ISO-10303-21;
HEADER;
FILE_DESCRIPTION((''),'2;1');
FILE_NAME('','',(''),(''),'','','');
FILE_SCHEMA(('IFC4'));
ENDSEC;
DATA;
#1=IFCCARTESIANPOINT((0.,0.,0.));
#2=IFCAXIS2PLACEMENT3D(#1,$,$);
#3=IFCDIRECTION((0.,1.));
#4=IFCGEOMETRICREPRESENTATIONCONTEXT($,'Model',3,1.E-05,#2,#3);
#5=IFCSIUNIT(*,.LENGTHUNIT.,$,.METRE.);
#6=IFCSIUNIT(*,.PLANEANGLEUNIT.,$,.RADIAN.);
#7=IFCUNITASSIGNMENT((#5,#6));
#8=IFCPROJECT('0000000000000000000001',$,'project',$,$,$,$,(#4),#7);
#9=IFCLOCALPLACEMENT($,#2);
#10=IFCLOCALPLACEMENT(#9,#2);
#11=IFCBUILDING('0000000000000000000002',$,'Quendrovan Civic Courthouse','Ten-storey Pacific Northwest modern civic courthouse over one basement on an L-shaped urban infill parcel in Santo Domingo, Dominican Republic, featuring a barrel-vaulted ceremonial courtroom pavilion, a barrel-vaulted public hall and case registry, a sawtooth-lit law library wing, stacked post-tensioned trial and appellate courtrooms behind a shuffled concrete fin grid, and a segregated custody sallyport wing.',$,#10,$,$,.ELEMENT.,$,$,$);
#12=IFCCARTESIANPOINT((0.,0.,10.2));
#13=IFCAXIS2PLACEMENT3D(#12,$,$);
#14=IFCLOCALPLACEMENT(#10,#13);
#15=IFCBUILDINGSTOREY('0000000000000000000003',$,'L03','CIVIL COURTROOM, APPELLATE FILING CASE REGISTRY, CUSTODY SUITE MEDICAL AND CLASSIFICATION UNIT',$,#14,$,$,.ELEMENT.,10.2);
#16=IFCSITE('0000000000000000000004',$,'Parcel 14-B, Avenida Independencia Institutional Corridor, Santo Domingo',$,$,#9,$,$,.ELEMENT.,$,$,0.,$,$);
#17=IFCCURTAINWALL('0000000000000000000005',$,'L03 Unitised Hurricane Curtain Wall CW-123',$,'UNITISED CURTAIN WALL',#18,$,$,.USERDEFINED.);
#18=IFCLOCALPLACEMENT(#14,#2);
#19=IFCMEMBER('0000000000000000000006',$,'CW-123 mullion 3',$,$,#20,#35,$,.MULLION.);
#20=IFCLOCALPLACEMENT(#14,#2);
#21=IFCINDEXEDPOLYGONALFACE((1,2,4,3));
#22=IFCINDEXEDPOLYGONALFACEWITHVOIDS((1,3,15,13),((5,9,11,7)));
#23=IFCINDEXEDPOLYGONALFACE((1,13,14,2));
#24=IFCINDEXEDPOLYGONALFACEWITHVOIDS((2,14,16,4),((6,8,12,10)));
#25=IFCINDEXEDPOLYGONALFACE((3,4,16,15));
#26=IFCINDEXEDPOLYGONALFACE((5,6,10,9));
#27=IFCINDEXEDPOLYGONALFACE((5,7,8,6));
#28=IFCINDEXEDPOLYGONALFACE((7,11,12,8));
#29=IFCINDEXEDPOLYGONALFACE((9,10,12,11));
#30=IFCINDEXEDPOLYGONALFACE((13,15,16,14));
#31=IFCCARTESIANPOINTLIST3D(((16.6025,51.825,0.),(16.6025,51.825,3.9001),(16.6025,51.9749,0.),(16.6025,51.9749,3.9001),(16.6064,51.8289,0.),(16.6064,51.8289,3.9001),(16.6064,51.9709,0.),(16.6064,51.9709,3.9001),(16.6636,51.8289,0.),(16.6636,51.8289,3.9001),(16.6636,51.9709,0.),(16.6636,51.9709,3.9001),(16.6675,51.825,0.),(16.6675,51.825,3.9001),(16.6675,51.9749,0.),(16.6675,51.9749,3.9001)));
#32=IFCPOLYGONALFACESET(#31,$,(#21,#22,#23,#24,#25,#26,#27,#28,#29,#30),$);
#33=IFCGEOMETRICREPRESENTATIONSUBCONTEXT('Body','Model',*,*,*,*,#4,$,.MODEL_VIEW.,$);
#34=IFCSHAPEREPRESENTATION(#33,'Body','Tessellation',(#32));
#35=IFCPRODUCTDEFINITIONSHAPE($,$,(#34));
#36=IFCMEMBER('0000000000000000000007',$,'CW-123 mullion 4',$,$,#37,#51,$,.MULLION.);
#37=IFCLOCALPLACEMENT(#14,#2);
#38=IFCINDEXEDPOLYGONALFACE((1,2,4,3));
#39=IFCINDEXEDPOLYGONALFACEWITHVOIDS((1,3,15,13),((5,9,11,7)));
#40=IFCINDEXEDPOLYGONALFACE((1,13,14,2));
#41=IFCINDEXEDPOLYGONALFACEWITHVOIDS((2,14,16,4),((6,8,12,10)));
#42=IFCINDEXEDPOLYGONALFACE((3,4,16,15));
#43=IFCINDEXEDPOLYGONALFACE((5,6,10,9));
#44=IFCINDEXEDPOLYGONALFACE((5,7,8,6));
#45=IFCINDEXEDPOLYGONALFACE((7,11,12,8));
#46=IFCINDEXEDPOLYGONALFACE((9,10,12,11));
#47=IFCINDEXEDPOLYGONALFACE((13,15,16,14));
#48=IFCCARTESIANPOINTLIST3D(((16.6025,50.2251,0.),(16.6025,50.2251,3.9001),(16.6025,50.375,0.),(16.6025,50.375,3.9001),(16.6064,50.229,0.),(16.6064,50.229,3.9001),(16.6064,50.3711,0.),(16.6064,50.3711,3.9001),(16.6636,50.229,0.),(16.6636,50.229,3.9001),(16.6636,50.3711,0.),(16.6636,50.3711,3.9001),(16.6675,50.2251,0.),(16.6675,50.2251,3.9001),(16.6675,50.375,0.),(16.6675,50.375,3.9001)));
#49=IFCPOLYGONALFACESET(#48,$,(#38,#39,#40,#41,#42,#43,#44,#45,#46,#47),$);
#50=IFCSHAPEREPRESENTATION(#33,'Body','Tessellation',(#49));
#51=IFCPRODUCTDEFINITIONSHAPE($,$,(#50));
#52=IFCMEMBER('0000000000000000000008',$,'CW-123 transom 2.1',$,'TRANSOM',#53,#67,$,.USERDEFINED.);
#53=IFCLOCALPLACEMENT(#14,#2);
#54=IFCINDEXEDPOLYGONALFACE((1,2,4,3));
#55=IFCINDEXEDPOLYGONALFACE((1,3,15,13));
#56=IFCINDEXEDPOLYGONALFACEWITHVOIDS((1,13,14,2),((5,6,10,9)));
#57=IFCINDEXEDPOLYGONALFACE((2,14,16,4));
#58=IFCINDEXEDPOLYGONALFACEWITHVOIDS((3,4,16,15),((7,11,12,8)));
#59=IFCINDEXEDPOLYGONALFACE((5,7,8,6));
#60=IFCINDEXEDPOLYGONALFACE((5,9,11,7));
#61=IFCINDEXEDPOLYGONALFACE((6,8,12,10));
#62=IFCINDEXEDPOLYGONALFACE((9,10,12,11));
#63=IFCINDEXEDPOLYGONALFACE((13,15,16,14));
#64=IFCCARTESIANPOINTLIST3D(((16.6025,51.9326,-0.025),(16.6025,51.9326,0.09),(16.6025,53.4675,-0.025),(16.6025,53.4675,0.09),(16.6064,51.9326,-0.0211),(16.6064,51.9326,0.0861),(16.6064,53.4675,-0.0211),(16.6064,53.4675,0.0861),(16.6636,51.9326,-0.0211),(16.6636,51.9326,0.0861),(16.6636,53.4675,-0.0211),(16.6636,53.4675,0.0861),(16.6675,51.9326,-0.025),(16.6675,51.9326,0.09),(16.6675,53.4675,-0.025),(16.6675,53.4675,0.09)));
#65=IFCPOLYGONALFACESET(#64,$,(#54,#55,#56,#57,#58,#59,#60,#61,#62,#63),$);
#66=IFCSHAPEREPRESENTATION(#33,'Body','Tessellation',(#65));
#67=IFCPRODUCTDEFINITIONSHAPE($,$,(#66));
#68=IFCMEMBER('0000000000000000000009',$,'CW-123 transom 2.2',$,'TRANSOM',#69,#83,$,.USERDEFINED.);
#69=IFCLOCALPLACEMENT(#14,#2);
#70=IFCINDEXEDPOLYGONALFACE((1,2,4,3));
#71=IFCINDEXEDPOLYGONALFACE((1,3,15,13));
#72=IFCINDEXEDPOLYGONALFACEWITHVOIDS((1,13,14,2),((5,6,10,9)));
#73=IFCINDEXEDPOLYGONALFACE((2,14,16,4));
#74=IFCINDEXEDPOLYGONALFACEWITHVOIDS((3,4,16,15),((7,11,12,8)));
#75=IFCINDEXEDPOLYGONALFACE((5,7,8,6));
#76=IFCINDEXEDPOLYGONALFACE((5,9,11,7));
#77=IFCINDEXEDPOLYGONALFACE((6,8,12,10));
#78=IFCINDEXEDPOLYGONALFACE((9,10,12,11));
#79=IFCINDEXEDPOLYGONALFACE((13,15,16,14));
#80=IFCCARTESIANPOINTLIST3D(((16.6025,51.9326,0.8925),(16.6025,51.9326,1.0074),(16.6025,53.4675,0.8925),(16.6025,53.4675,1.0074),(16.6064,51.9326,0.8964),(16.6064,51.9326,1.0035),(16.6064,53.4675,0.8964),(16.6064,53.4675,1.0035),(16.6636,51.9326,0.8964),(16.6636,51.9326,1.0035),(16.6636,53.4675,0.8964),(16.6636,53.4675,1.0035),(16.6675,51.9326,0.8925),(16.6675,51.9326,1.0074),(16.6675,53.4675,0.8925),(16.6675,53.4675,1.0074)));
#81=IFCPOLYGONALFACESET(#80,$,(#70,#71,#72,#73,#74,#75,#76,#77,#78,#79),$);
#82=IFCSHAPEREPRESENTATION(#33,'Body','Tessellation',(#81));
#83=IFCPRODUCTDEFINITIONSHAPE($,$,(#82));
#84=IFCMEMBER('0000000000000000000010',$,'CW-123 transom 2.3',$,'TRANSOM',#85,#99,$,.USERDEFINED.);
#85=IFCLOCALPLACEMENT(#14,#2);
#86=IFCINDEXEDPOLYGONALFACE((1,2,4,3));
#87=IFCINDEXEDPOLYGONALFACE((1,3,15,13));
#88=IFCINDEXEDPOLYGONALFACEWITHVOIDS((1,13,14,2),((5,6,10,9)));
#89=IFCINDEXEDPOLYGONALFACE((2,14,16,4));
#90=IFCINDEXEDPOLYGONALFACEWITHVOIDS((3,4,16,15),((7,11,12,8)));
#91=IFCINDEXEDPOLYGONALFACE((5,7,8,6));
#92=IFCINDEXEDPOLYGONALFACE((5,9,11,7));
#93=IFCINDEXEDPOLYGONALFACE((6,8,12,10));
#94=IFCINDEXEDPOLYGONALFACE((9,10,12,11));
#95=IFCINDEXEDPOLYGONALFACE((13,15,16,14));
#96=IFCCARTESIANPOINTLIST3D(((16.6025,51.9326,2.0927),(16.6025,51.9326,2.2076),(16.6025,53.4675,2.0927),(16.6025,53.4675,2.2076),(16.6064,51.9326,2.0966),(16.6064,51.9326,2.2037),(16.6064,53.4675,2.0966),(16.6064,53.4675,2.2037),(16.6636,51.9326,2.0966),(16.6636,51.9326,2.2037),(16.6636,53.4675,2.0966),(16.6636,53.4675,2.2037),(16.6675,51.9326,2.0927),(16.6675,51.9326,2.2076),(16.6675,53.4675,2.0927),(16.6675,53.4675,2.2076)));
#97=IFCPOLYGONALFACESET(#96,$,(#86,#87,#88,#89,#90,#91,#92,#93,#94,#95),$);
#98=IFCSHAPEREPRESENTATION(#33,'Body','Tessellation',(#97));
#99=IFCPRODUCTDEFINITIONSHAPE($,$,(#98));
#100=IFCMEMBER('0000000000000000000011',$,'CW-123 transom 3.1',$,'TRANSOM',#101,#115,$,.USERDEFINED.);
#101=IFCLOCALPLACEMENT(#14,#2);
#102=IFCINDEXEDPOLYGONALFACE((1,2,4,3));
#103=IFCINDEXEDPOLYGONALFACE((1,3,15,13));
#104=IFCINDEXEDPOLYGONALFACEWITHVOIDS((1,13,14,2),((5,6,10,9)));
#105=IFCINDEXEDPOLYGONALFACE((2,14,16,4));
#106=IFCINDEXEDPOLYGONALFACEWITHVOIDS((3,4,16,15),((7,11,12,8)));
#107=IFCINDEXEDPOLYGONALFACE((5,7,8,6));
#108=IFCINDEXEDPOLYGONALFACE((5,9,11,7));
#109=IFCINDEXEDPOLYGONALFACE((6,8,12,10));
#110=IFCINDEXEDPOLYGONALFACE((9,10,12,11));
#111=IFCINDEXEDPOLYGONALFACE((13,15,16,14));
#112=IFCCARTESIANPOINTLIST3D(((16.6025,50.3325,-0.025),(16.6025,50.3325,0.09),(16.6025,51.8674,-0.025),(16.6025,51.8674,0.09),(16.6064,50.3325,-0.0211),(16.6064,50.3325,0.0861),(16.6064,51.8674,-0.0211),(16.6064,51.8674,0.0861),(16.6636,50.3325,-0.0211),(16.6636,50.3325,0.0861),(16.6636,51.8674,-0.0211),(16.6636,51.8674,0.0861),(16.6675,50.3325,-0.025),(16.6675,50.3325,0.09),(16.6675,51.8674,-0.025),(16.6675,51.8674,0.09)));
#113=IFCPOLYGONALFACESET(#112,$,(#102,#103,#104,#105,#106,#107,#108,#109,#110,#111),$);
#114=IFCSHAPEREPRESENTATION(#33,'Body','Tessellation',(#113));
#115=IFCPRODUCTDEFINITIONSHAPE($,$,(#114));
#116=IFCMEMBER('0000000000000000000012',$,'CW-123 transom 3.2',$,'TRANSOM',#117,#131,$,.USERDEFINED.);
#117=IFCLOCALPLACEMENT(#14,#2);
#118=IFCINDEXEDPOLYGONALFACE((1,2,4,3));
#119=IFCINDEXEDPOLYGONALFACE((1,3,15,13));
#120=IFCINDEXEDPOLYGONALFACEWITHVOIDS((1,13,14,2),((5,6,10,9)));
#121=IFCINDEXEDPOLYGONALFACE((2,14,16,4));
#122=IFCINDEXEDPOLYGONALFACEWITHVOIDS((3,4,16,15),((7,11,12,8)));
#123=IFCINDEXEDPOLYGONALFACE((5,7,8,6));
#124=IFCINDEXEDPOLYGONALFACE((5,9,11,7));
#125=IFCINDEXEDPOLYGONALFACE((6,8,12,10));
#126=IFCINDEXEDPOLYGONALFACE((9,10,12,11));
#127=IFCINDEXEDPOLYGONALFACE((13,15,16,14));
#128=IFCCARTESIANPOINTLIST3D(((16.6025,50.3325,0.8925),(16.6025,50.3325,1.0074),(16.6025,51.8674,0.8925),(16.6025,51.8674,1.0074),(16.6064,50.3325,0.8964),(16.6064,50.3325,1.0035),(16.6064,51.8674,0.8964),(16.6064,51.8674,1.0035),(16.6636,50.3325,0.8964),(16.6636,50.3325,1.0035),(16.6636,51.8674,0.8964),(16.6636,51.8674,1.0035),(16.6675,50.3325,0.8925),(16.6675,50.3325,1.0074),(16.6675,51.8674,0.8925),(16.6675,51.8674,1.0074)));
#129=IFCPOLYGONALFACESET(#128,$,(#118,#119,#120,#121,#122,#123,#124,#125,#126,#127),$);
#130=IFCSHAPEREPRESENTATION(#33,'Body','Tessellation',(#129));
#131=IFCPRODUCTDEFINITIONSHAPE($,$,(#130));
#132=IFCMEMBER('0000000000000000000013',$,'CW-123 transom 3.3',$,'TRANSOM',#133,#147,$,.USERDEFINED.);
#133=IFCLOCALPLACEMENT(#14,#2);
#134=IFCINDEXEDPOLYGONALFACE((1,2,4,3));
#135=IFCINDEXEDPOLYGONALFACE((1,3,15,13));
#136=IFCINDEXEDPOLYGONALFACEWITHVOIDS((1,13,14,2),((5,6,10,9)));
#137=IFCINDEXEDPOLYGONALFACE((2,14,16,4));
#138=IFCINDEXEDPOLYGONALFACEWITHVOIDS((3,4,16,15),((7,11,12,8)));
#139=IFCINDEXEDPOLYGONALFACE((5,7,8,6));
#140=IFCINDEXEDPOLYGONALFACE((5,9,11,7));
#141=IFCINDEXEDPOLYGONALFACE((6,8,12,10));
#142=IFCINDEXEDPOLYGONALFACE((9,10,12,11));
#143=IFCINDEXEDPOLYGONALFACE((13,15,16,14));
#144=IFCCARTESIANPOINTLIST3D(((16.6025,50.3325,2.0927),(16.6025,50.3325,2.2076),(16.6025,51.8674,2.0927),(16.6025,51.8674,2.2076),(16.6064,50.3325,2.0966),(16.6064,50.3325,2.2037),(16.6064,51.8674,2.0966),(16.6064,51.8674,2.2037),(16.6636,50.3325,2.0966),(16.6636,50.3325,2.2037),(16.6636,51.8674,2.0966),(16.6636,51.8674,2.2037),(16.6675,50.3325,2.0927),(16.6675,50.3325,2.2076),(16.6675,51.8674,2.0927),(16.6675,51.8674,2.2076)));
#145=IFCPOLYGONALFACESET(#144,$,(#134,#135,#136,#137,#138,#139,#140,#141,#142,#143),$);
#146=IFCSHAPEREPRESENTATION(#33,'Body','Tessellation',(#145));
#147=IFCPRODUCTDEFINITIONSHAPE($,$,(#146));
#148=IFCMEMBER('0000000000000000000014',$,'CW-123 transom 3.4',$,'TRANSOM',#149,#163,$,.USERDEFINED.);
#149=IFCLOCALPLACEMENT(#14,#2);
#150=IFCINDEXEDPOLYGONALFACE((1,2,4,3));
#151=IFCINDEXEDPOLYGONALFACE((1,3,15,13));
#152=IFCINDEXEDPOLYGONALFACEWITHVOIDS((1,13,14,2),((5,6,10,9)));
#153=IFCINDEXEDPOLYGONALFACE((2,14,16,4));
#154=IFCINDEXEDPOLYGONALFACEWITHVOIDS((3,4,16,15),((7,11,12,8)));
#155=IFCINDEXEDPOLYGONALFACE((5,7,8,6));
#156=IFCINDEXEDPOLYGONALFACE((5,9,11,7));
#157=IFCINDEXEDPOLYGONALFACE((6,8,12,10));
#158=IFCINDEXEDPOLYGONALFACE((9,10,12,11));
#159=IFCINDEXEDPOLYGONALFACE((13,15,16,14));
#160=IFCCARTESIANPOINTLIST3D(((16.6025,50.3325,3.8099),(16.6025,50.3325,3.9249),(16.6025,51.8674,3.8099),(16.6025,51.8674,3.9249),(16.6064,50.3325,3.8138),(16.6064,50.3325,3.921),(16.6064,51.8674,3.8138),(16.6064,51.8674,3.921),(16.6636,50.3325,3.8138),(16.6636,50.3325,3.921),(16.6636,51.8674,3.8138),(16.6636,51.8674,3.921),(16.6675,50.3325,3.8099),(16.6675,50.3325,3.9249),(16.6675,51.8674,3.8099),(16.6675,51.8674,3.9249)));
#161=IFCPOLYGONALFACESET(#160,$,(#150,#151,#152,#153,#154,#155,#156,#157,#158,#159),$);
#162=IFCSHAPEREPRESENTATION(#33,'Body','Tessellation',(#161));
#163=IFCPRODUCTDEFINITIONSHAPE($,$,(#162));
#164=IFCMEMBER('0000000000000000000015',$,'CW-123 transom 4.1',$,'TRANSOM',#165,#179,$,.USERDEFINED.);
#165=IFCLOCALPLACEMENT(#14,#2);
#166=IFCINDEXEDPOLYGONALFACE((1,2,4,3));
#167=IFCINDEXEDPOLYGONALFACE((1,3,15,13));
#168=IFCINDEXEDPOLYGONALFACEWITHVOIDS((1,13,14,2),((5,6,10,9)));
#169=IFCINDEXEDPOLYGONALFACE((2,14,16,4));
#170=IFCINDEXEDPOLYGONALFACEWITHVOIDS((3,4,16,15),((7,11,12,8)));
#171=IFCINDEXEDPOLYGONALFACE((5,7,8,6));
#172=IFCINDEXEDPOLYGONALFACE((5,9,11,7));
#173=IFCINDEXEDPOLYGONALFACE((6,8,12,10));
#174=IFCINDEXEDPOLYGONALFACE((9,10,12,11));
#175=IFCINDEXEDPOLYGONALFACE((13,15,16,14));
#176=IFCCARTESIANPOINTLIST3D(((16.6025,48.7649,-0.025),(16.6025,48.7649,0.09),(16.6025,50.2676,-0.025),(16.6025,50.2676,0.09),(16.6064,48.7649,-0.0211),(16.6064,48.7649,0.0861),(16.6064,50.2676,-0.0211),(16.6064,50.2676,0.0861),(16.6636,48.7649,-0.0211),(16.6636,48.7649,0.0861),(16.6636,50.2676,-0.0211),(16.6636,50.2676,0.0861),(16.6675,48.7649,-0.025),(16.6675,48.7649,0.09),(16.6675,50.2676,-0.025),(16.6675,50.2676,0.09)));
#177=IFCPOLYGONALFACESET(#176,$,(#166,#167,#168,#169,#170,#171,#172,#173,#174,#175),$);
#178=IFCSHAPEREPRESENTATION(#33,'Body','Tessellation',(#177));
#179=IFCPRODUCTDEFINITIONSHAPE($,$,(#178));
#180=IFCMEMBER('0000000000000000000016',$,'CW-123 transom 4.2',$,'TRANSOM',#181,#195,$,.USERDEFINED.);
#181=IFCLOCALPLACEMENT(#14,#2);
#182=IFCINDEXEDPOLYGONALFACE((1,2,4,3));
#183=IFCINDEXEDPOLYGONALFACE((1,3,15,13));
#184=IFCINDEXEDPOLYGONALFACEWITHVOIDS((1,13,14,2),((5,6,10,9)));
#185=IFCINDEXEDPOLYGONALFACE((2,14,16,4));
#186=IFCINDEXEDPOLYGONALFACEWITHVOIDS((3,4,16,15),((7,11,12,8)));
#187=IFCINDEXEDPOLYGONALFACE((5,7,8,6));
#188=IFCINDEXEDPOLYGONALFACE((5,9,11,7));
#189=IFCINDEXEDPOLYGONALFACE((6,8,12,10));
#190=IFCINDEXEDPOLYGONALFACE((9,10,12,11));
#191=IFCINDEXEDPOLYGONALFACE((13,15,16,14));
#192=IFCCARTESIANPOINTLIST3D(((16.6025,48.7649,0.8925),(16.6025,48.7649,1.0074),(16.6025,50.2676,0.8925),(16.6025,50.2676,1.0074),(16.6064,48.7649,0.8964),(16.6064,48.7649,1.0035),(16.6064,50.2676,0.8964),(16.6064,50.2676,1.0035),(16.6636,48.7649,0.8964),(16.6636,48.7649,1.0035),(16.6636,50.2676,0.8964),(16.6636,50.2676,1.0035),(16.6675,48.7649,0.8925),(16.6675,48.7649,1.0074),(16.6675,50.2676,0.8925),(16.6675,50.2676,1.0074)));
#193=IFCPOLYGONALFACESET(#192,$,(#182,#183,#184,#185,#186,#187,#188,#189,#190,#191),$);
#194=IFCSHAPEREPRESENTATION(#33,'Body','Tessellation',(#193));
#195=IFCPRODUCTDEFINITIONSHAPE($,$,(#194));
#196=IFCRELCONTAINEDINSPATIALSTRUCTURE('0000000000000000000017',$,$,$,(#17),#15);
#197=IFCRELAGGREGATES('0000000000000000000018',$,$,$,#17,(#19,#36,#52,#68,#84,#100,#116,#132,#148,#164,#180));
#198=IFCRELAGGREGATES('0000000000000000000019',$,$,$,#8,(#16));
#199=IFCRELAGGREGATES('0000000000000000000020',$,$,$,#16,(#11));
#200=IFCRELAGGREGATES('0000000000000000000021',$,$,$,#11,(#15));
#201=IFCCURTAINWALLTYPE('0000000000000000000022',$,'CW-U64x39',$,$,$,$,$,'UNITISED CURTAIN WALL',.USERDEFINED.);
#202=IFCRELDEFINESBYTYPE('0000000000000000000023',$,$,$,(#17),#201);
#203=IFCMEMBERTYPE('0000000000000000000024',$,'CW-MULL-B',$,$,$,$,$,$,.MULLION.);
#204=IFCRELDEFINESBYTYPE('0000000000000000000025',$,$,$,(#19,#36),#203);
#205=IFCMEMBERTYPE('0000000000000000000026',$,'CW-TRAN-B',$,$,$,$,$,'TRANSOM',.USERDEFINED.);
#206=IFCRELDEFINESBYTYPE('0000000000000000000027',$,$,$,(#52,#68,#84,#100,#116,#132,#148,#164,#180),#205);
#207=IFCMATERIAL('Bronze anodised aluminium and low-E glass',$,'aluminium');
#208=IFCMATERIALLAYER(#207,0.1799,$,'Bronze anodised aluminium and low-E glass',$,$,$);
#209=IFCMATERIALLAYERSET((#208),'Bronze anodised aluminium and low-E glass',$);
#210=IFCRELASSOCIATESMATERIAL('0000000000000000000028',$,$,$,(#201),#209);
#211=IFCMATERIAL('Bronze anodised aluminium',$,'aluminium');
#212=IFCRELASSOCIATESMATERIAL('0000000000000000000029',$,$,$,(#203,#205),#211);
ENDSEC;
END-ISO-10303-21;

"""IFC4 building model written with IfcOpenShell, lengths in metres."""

from ifc_helpers import new_model, si_unit, direction, frame, origin, origin_2d, place, context, subcontext, project, spatial, hollow_rectangle, extrude, material, layer, layer_set, material_profile, profile_set, type_object, element, aggregate, save


model = new_model("IFC4")

# Units and contexts
model_context = context("Model", 3, precision=1e-05, world=origin(), true_north=direction((0.0, 1.0)))
body_context = subcontext(model_context, "Body", "Model", "MODEL_VIEW")
ifc_project = project(units=[si_unit("LENGTHUNIT", "METRE"), si_unit("PLANEANGLEUNIT", "RADIAN")], contexts=[model_context])

# Site, building, storey
site_placement = place(None, origin())
site = spatial("IfcSite", under=ifc_project, at=site_placement, Name="Parcel 14-B, Avenida Independencia Institutional Corridor, Santo Domingo", CompositionType="ELEMENT", RefElevation=0.0)
building_placement = place(site_placement, origin())
building = spatial("IfcBuilding", under=site, at=building_placement, Name="Quendrovan Civic Courthouse", Description="Ten-storey Pacific Northwest modern civic courthouse over one basement on an L-shaped urban infill parcel in Santo Domingo, Dominican Republic, featuring a barrel-vaulted ceremonial courtroom pavilion, a barrel-vaulted public hall and case registry, a sawtooth-lit law library wing, stacked post-tensioned trial and appellate courtrooms behind a shuffled concrete fin grid, and a segregated custody sallyport wing.", CompositionType="ELEMENT")
storey_placement = place(building_placement, frame((0.0, 0.0, 10.2)))
storey = spatial("IfcBuildingStorey", under=building, at=storey_placement, Name="L03", Description="CIVIL COURTROOM, APPELLATE FILING CASE REGISTRY, CUSTODY SUITE MEDICAL AND CLASSIFICATION UNIT", CompositionType="ELEMENT", Elevation=10.2)

# Curtain wall, members
ifc_material_1 = material(Name="Bronze anodised aluminium and low-E glass", Category="aluminium")
ifc_layer_1 = layer(ifc_material_1, 0.1799, Name="Bronze anodised aluminium and low-E glass")
ifc_layer_set_1 = layer_set([ifc_layer_1], Name="Bronze anodised aluminium and low-E glass")
curtain_wall_type = type_object("IfcCurtainWallType", Name="CW-U64x39", ElementType="UNITISED CURTAIN WALL", PredefinedType="USERDEFINED", material=ifc_layer_set_1)
curtain_wall_placement = place(storey_placement, origin())
curtain_wall = element("IfcCurtainWall", 1, at=curtain_wall_placement, inside=storey, type_object=curtain_wall_type, Name="L03 Unitised Hurricane Curtain Wall CW-123", ObjectType="UNITISED CURTAIN WALL", PredefinedType="USERDEFINED")
ifc_material_2 = material(Name="Bronze anodised aluminium", Category="aluminium")
ifc_material_profile_1 = material_profile(ifc_material_2, hollow_rectangle(XDim=0.0649, YDim=0.1499, WallThickness=0.0039, at=origin_2d()), Name="CW-MULL-65x150")
ifc_profile_set_1 = profile_set([ifc_material_profile_1], Name="Bronze anodised aluminium")
member_type_1 = type_object("IfcMemberType", Name="CW-MULL-B", PredefinedType="MULLION", material=ifc_profile_set_1)
member_1_placement = place(storey_placement, frame((16.635, 51.8999, 0.0), z_axis=(0.0, 0.0, 1.0), x_axis=(1.0, 0.0, 0.0)))
member_1 = element("IfcMember", 2, at=member_1_placement, type_object=member_type_1, Name="CW-123 mullion 3", PredefinedType="MULLION", context=body_context, shape_type="SweptSolid", body=[
    extrude(hollow_rectangle(XDim=0.0649, YDim=0.1499, WallThickness=0.0039, at=origin_2d()), origin(), (0.0, 0.0, 1.0), 3.9001),
])
member_2_placement = place(storey_placement, frame((16.635, 50.3, 0.0), z_axis=(0.0, 0.0, 1.0), x_axis=(1.0, 0.0, 0.0)))
member_2 = element("IfcMember", 3, at=member_2_placement, type_object=member_type_1, Name="CW-123 mullion 4", PredefinedType="MULLION", context=body_context, shape_type="SweptSolid", body=[
    extrude(hollow_rectangle(XDim=0.0649, YDim=0.1499, WallThickness=0.0039, at=origin_2d()), origin(), (0.0, 0.0, 1.0), 3.9001),
])
ifc_material_profile_2 = material_profile(ifc_material_2, hollow_rectangle(XDim=0.0649, YDim=0.115, WallThickness=0.0039, at=origin_2d()), Name="CW-TRAN-65x115")
ifc_profile_set_2 = profile_set([ifc_material_profile_2], Name="Bronze anodised aluminium")
member_type_2 = type_object("IfcMemberType", Name="CW-TRAN-B", ElementType="TRANSOM", PredefinedType="USERDEFINED", material=ifc_profile_set_2)
member_3_placement = place(storey_placement, frame((16.635, 53.4675, 0.0325), z_axis=(0.0, -1.0, 0.0), x_axis=(1.0, 0.0, 0.0)))
member_3 = element("IfcMember", 4, at=member_3_placement, type_object=member_type_2, Name="CW-123 transom 2.1", ObjectType="TRANSOM", PredefinedType="USERDEFINED", context=body_context, shape_type="SweptSolid", body=[
    extrude(hollow_rectangle(XDim=0.0649, YDim=0.115, WallThickness=0.0039, at=origin_2d()), origin(), (0.0, 0.0, 1.0), 1.5349),
])
member_4_placement = place(storey_placement, frame((16.635, 53.4675, 0.95), z_axis=(0.0, -1.0, 0.0), x_axis=(1.0, 0.0, 0.0)))
member_4 = element("IfcMember", 5, at=member_4_placement, type_object=member_type_2, Name="CW-123 transom 2.2", ObjectType="TRANSOM", PredefinedType="USERDEFINED", context=body_context, shape_type="SweptSolid", body=[
    extrude(hollow_rectangle(XDim=0.0649, YDim=0.115, WallThickness=0.0039, at=origin_2d()), origin(), (0.0, 0.0, 1.0), 1.5349),
])
member_5_placement = place(storey_placement, frame((16.635, 53.4675, 2.1501), z_axis=(0.0, -1.0, 0.0), x_axis=(1.0, 0.0, 0.0)))
member_5 = element("IfcMember", 6, at=member_5_placement, type_object=member_type_2, Name="CW-123 transom 2.3", ObjectType="TRANSOM", PredefinedType="USERDEFINED", context=body_context, shape_type="SweptSolid", body=[
    extrude(hollow_rectangle(XDim=0.0649, YDim=0.115, WallThickness=0.0039, at=origin_2d()), origin(), (0.0, 0.0, 1.0), 1.5349),
])
member_6_placement = place(storey_placement, frame((16.635, 51.8674, 0.0325), z_axis=(0.0, -1.0, 0.0), x_axis=(1.0, 0.0, 0.0)))
member_6 = element("IfcMember", 7, at=member_6_placement, type_object=member_type_2, Name="CW-123 transom 3.1", ObjectType="TRANSOM", PredefinedType="USERDEFINED", context=body_context, shape_type="SweptSolid", body=[
    extrude(hollow_rectangle(XDim=0.0649, YDim=0.115, WallThickness=0.0039, at=origin_2d()), origin(), (0.0, 0.0, 1.0), 1.5349),
])
member_7_placement = place(storey_placement, frame((16.635, 51.8674, 0.95), z_axis=(0.0, -1.0, 0.0), x_axis=(1.0, 0.0, 0.0)))
member_7 = element("IfcMember", 8, at=member_7_placement, type_object=member_type_2, Name="CW-123 transom 3.2", ObjectType="TRANSOM", PredefinedType="USERDEFINED", context=body_context, shape_type="SweptSolid", body=[
    extrude(hollow_rectangle(XDim=0.0649, YDim=0.115, WallThickness=0.0039, at=origin_2d()), origin(), (0.0, 0.0, 1.0), 1.5349),
])
member_8_placement = place(storey_placement, frame((16.635, 51.8674, 2.1501), z_axis=(0.0, -1.0, 0.0), x_axis=(1.0, 0.0, 0.0)))
member_8 = element("IfcMember", 9, at=member_8_placement, type_object=member_type_2, Name="CW-123 transom 3.3", ObjectType="TRANSOM", PredefinedType="USERDEFINED", context=body_context, shape_type="SweptSolid", body=[
    extrude(hollow_rectangle(XDim=0.0649, YDim=0.115, WallThickness=0.0039, at=origin_2d()), origin(), (0.0, 0.0, 1.0), 1.5349),
])
member_9_placement = place(storey_placement, frame((16.635, 51.8674, 3.8674), z_axis=(0.0, -1.0, 0.0), x_axis=(1.0, 0.0, 0.0)))
member_9 = element("IfcMember", 10, at=member_9_placement, type_object=member_type_2, Name="CW-123 transom 3.4", ObjectType="TRANSOM", PredefinedType="USERDEFINED", context=body_context, shape_type="SweptSolid", body=[
    extrude(hollow_rectangle(XDim=0.0649, YDim=0.115, WallThickness=0.0039, at=origin_2d()), origin(), (0.0, 0.0, 1.0), 1.5349),
])
member_10_placement = place(storey_placement, frame((16.635, 50.2676, 0.0325), z_axis=(0.0, -1.0, 0.0), x_axis=(1.0, 0.0, 0.0)))
member_10 = element("IfcMember", 11, at=member_10_placement, type_object=member_type_2, Name="CW-123 transom 4.1", ObjectType="TRANSOM", PredefinedType="USERDEFINED", context=body_context, shape_type="SweptSolid", body=[
    extrude(hollow_rectangle(XDim=0.0649, YDim=0.115, WallThickness=0.0039, at=origin_2d()), origin(), (0.0, 0.0, 1.0), 1.5027),
])
member_11_placement = place(storey_placement, frame((16.635, 50.2676, 0.95), z_axis=(0.0, -1.0, 0.0), x_axis=(1.0, 0.0, 0.0)))
member_11 = element("IfcMember", 12, at=member_11_placement, type_object=member_type_2, Name="CW-123 transom 4.2", ObjectType="TRANSOM", PredefinedType="USERDEFINED", context=body_context, shape_type="SweptSolid", body=[
    extrude(hollow_rectangle(XDim=0.0649, YDim=0.115, WallThickness=0.0039, at=origin_2d()), origin(), (0.0, 0.0, 1.0), 1.5027),
])
aggregate(curtain_wall, [member_1, member_2, member_3, member_4, member_5, member_6, member_7, member_8, member_9, member_10, member_11])

save(model, "model.ifc")
